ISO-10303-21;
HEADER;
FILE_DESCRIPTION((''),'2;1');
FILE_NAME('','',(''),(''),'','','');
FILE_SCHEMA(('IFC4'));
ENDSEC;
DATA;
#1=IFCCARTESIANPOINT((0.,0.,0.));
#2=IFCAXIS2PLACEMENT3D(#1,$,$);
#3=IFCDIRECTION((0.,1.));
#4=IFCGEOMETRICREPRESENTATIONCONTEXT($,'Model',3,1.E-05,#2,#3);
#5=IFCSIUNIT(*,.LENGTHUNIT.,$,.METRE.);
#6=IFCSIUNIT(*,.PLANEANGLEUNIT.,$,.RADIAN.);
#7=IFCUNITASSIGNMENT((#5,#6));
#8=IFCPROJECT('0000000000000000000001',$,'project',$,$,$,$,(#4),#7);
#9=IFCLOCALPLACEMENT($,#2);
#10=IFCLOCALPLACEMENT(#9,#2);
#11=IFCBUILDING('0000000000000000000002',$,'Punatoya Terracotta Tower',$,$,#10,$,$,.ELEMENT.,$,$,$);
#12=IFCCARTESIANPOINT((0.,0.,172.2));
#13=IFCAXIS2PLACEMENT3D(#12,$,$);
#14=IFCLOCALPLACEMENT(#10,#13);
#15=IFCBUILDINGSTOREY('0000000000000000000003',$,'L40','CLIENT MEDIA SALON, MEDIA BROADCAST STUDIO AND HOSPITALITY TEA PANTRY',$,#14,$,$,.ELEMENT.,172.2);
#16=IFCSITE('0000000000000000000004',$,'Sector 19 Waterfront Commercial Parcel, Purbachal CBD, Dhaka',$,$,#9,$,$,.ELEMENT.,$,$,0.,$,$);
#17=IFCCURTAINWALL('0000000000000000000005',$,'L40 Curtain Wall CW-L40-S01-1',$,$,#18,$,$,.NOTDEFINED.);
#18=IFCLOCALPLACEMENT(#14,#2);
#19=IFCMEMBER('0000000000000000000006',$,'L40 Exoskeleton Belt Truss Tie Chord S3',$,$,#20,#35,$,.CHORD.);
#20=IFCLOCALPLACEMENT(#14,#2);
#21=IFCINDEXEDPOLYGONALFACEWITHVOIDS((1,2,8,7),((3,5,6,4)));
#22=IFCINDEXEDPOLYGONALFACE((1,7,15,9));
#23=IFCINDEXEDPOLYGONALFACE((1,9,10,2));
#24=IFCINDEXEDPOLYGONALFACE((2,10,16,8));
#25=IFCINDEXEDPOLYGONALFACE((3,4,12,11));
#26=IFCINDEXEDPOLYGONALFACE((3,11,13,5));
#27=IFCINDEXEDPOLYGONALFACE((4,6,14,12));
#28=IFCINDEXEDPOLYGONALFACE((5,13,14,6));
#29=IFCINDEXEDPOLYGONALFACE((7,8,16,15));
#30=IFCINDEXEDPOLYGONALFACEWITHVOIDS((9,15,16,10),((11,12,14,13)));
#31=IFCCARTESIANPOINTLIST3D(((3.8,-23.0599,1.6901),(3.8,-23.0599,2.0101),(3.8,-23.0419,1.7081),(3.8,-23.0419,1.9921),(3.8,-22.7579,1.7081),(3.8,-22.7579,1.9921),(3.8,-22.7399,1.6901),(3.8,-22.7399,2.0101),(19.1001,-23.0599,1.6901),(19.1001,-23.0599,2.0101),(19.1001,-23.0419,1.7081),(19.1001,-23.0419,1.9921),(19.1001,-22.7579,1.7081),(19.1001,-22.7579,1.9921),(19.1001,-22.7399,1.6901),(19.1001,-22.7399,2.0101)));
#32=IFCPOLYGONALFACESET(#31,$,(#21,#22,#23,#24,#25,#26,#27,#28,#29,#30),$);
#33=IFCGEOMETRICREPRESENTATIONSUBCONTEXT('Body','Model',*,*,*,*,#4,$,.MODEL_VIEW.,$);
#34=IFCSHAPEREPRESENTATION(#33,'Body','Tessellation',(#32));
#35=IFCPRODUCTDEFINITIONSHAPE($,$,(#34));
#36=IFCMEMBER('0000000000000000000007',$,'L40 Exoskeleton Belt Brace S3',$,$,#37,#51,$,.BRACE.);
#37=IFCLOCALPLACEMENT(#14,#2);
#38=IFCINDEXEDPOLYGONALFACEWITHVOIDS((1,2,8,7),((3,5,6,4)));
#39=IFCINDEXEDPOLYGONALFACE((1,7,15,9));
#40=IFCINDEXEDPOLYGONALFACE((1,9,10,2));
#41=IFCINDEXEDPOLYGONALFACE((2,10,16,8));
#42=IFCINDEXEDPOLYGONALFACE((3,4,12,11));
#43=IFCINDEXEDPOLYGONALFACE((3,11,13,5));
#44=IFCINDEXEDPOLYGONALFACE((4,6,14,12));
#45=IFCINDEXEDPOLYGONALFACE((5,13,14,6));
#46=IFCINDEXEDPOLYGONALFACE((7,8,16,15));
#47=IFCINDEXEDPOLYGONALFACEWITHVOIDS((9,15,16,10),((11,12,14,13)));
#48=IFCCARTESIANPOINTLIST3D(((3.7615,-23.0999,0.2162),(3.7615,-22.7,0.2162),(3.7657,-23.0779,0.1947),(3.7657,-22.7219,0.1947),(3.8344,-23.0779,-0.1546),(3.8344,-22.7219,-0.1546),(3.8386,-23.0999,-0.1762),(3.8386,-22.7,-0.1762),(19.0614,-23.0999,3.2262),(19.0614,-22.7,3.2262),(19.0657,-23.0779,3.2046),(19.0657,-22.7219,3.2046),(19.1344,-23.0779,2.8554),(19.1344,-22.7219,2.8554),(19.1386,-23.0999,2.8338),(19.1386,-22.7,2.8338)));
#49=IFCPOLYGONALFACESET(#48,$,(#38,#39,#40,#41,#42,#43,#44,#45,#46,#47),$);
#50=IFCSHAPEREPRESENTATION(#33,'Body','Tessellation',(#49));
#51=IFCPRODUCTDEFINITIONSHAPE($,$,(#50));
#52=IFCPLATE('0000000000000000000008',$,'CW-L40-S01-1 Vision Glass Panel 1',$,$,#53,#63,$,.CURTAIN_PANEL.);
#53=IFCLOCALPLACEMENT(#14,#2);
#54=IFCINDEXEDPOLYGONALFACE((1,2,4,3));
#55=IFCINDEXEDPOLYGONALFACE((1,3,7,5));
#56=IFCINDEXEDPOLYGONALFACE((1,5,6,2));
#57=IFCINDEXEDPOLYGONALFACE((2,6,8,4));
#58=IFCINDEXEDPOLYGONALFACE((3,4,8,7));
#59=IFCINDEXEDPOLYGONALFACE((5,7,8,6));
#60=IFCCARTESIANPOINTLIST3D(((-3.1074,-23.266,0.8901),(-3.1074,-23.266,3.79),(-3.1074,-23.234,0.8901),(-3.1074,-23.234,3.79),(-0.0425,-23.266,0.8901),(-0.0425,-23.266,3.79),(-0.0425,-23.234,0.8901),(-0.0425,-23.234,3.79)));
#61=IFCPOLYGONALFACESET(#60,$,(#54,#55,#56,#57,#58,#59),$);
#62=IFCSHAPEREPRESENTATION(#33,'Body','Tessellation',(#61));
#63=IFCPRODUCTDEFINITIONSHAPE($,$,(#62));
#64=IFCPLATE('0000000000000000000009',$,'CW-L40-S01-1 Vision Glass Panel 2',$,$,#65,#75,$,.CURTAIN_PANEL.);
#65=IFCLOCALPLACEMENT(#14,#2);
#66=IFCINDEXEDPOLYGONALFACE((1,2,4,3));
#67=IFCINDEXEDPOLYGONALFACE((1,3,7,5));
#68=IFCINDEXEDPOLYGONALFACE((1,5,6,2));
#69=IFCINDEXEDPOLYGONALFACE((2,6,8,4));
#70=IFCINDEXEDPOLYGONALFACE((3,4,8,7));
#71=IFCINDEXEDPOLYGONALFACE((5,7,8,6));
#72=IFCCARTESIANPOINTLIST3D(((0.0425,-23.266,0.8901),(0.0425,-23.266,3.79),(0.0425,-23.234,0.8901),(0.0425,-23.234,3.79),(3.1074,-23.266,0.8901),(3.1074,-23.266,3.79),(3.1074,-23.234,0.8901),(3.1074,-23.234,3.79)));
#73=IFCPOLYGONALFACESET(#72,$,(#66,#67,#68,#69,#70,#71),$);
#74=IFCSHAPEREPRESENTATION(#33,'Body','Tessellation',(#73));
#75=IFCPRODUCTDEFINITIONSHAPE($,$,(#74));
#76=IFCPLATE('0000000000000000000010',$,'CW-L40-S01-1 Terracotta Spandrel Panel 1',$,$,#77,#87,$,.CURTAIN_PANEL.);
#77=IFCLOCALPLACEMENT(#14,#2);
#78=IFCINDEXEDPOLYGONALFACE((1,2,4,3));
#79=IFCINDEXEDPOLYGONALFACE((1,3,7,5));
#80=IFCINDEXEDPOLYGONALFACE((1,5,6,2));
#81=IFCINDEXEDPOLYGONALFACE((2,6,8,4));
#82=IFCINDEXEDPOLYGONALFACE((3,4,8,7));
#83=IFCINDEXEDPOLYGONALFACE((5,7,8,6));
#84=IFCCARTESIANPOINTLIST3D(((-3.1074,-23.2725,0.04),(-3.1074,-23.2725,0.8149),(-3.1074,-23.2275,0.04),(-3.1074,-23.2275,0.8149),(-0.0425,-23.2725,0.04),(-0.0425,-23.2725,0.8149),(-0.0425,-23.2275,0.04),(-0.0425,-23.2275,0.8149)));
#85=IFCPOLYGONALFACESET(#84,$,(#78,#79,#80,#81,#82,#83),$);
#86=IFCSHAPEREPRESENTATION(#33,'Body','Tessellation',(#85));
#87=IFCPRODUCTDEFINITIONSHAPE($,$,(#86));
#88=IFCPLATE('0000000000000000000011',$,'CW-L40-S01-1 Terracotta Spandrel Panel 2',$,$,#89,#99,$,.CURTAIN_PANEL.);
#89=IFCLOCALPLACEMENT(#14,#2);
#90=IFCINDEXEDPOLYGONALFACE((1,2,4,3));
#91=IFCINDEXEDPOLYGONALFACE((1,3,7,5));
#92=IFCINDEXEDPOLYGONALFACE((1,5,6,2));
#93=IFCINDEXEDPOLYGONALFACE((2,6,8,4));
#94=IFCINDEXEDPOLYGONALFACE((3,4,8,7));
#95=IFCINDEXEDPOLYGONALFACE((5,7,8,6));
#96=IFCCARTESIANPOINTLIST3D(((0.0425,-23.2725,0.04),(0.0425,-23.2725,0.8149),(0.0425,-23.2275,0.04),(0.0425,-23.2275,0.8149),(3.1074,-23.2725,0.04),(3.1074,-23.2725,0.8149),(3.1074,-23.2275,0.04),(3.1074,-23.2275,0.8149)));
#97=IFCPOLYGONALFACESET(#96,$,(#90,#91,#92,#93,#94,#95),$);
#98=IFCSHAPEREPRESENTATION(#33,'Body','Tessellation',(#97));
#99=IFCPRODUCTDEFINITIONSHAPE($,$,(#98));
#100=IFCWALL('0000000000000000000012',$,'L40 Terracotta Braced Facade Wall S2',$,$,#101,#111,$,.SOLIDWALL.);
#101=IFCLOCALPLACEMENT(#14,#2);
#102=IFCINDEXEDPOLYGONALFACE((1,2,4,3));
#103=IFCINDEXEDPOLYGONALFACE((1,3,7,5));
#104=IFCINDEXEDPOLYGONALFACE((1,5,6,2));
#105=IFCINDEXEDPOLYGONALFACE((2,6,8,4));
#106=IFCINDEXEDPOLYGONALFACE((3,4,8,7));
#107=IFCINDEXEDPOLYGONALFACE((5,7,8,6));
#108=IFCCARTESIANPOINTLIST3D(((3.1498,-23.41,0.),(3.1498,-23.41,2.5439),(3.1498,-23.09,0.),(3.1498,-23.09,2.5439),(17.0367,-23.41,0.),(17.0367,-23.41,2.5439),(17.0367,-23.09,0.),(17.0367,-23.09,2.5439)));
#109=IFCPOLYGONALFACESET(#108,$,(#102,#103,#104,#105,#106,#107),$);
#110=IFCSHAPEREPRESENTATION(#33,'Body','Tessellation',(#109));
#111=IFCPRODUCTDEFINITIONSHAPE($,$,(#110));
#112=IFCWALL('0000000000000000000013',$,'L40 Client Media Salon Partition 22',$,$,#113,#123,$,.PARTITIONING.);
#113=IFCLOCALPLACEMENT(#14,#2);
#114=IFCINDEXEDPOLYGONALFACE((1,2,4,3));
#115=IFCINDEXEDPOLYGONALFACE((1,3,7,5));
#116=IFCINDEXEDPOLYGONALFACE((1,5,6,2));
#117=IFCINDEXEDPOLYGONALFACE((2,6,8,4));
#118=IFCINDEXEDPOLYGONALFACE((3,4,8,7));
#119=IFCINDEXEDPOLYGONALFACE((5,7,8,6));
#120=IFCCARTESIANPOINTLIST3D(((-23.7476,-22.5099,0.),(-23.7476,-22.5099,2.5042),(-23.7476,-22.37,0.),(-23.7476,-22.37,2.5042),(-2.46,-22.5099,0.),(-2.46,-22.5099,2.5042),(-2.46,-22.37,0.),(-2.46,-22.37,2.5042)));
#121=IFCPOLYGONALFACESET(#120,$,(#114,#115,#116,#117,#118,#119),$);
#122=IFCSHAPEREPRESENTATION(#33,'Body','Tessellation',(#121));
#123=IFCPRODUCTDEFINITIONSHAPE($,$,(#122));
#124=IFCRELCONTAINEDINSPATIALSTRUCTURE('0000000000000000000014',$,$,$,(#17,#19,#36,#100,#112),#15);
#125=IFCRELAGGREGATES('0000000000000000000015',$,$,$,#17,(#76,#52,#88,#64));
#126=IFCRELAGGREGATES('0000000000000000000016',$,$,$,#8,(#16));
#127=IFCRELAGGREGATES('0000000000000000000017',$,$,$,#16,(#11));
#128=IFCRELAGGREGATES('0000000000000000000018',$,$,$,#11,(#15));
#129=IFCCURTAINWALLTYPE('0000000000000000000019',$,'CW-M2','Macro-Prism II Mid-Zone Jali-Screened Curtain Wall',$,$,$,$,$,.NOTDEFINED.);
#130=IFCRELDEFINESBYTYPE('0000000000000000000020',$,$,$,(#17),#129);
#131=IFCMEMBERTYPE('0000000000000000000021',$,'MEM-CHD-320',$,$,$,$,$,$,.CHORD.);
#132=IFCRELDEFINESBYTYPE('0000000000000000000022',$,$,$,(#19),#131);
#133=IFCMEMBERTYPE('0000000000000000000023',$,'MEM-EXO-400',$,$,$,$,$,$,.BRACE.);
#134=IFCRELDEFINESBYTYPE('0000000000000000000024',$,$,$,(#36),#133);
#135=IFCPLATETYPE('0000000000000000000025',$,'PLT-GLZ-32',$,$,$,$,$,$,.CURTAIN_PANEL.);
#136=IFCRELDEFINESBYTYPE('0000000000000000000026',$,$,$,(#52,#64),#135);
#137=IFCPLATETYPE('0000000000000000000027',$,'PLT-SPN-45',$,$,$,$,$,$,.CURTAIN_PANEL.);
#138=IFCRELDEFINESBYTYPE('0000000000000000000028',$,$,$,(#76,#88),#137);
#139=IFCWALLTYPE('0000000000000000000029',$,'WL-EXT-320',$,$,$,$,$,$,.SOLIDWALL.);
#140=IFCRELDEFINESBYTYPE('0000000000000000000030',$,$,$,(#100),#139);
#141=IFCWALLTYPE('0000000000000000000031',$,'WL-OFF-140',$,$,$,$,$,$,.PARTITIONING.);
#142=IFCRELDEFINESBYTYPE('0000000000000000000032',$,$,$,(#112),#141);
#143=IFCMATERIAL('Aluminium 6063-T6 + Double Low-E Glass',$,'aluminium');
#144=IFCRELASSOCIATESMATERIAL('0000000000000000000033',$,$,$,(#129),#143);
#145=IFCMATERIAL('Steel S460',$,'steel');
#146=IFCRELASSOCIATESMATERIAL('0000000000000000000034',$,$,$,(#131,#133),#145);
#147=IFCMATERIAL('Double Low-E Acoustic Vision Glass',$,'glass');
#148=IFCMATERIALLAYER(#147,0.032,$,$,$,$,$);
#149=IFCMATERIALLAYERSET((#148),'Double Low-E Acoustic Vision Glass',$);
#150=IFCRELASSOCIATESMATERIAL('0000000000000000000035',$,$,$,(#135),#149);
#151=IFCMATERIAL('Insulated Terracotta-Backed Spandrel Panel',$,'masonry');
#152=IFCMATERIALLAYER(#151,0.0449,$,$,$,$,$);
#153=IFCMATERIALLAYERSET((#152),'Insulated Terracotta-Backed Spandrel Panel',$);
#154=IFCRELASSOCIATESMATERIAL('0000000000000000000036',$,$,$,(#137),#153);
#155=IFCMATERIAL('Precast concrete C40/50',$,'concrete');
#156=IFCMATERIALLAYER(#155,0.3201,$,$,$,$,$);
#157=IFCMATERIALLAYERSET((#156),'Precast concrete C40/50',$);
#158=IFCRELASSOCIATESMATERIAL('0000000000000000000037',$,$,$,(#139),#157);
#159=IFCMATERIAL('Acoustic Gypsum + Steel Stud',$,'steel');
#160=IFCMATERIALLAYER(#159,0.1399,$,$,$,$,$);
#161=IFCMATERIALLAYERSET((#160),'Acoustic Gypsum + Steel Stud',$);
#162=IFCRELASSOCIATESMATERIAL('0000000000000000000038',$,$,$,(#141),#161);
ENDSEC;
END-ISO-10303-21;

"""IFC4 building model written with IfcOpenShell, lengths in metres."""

from ifc_helpers import new_model, si_unit, direction, frame, frame_2d, origin, origin_2d, place, context, subcontext, project, spatial, rectangle, hollow_rectangle, extrude, material, layer, layer_set, material_profile, profile_set, type_object, element, aggregate, save


model = new_model("IFC4")

# Units and contexts
model_context = context("Model", 3, precision=1e-05, world=origin(), true_north=direction((0.0, 1.0)))
body_context = subcontext(model_context, "Body", "Model", "MODEL_VIEW")
ifc_project = project(units=[si_unit("LENGTHUNIT", "METRE"), si_unit("PLANEANGLEUNIT", "RADIAN")], contexts=[model_context])

# Site, building, storey
site_placement = place(None, origin())
site = spatial("IfcSite", under=ifc_project, at=site_placement, Name="Sector 19 Waterfront Commercial Parcel, Purbachal CBD, Dhaka", CompositionType="ELEMENT", RefElevation=0.0)
building_placement = place(site_placement, origin())
building = spatial("IfcBuilding", under=site, at=building_placement, Name="Punatoya Terracotta Tower", CompositionType="ELEMENT")
storey_placement = place(building_placement, frame((0.0, 0.0, 172.2)))
storey = spatial("IfcBuildingStorey", under=building, at=storey_placement, Name="L40", Description="CLIENT MEDIA SALON, MEDIA BROADCAST STUDIO AND HOSPITALITY TEA PANTRY", CompositionType="ELEMENT", Elevation=172.2)

# Shared definitions
ifc_material_1 = material(Name="Steel S460", Category="steel")

# Curtain wall
ifc_material_2 = material(Name="Aluminium 6063-T6 + Double Low-E Glass", Category="aluminium")
curtain_wall_type = type_object("IfcCurtainWallType", Name="CW-M2", Description="Macro-Prism II Mid-Zone Jali-Screened Curtain Wall", PredefinedType="NOTDEFINED", material=ifc_material_2)
curtain_wall_placement = place(storey_placement, origin())
curtain_wall = element("IfcCurtainWall", 1, at=curtain_wall_placement, inside=storey, type_object=curtain_wall_type, Name="L40 Curtain Wall CW-L40-S01-1", PredefinedType="NOTDEFINED")

# Members
ifc_material_profile_1 = material_profile(ifc_material_1, hollow_rectangle(XDim=0.3201, YDim=0.3201, WallThickness=0.0181, at=origin_2d()))
ifc_profile_set_1 = profile_set([ifc_material_profile_1], Name="Steel S460")
member_type_1 = type_object("IfcMemberType", Name="MEM-CHD-320", PredefinedType="CHORD", material=ifc_profile_set_1)
member_1_placement = place(storey_placement, frame((3.8, -22.8999, 1.8501), z_axis=(1.0, 0.0, 0.0), x_axis=(0.0, 1.0, 0.0)))
element("IfcMember", 2, at=member_1_placement, inside=storey, type_object=member_type_1, Name="L40 Exoskeleton Belt Truss Tie Chord S3", PredefinedType="CHORD", context=body_context, shape_type="SweptSolid", body=[
    extrude(hollow_rectangle(XDim=0.3201, YDim=0.3201, WallThickness=0.0181, at=origin_2d()), origin(), (0.0, 0.0, 1.0), 15.3),
])
ifc_material_profile_2 = material_profile(ifc_material_1, hollow_rectangle(XDim=0.3999, YDim=0.3999, WallThickness=0.022, at=origin_2d()))
ifc_profile_set_2 = profile_set([ifc_material_profile_2], Name="Steel S460")
member_type_2 = type_object("IfcMemberType", Name="MEM-EXO-400", PredefinedType="BRACE", material=ifc_profile_set_2)
member_2_placement = place(storey_placement, frame((3.8, -22.8999, 0.02), z_axis=(0.981192, 0.0, 0.193032), x_axis=(0.0, 1.0, 0.0)))
element("IfcMember", 3, at=member_2_placement, inside=storey, type_object=member_type_2, Name="L40 Exoskeleton Belt Brace S3", PredefinedType="BRACE", context=body_context, shape_type="SweptSolid", body=[
    extrude(hollow_rectangle(XDim=0.3999, YDim=0.3999, WallThickness=0.022, at=origin_2d()), origin(), (0.0, 0.0, 1.0), 15.5933),
])

# Plates
ifc_material_3 = material(Name="Double Low-E Acoustic Vision Glass", Category="glass")
ifc_layer_1 = layer(ifc_material_3, 0.032)
ifc_layer_set_1 = layer_set([ifc_layer_1], Name="Double Low-E Acoustic Vision Glass")
plate_type_1 = type_object("IfcPlateType", Name="PLT-GLZ-32", PredefinedType="CURTAIN_PANEL", material=ifc_layer_set_1)
plate_1_placement = place(storey_placement, frame((-1.575, -23.25, 0.8901), z_axis=(0.0, 0.0, 1.0), x_axis=(1.0, 0.0, 0.0)))
plate_1 = element("IfcPlate", 4, at=plate_1_placement, type_object=plate_type_1, Name="CW-L40-S01-1 Vision Glass Panel 1", PredefinedType="CURTAIN_PANEL", context=body_context, shape_type="SweptSolid", body=[
    extrude(rectangle(XDim=3.0649, YDim=0.032, at=origin_2d()), origin(), (0.0, 0.0, 1.0), 2.8999),
])
plate_2_placement = place(storey_placement, frame((1.575, -23.25, 0.8901), z_axis=(0.0, 0.0, 1.0), x_axis=(1.0, 0.0, 0.0)))
plate_2 = element("IfcPlate", 5, at=plate_2_placement, type_object=plate_type_1, Name="CW-L40-S01-1 Vision Glass Panel 2", PredefinedType="CURTAIN_PANEL", context=body_context, shape_type="SweptSolid", body=[
    extrude(rectangle(XDim=3.0649, YDim=0.032, at=origin_2d()), origin(), (0.0, 0.0, 1.0), 2.8999),
])
ifc_material_4 = material(Name="Insulated Terracotta-Backed Spandrel Panel", Category="masonry")
ifc_layer_2 = layer(ifc_material_4, 0.0449)
ifc_layer_set_2 = layer_set([ifc_layer_2], Name="Insulated Terracotta-Backed Spandrel Panel")
plate_type_2 = type_object("IfcPlateType", Name="PLT-SPN-45", PredefinedType="CURTAIN_PANEL", material=ifc_layer_set_2)
plate_3_placement = place(storey_placement, frame((-1.575, -23.25, 0.04), z_axis=(0.0, 0.0, 1.0), x_axis=(1.0, 0.0, 0.0)))
plate_3 = element("IfcPlate", 6, at=plate_3_placement, type_object=plate_type_2, Name="CW-L40-S01-1 Terracotta Spandrel Panel 1", PredefinedType="CURTAIN_PANEL", context=body_context, shape_type="SweptSolid", body=[
    extrude(rectangle(XDim=3.0649, YDim=0.0449, at=origin_2d()), origin(), (0.0, 0.0, 1.0), 0.7749),
])
plate_4_placement = place(storey_placement, frame((1.575, -23.25, 0.04), z_axis=(0.0, 0.0, 1.0), x_axis=(1.0, 0.0, 0.0)))
plate_4 = element("IfcPlate", 7, at=plate_4_placement, type_object=plate_type_2, Name="CW-L40-S01-1 Terracotta Spandrel Panel 2", PredefinedType="CURTAIN_PANEL", context=body_context, shape_type="SweptSolid", body=[
    extrude(rectangle(XDim=3.0649, YDim=0.0449, at=origin_2d()), origin(), (0.0, 0.0, 1.0), 0.7749),
])
aggregate(curtain_wall, [plate_3, plate_1, plate_4, plate_2])

# Walls
ifc_material_5 = material(Name="Precast concrete C40/50", Category="concrete")
ifc_layer_3 = layer(ifc_material_5, 0.3201)
ifc_layer_set_3 = layer_set([ifc_layer_3], Name="Precast concrete C40/50")
wall_type_1 = type_object("IfcWallType", Name="WL-EXT-320", PredefinedType="SOLIDWALL", material=ifc_layer_set_3)
wall_1_placement = place(storey_placement, frame((3.1499, -23.25, 0.0), z_axis=(0.0, 0.0, 1.0), x_axis=(1.0, 0.0, 0.0)))
element("IfcWall", 8, at=wall_1_placement, inside=storey, type_object=wall_type_1, Name="L40 Terracotta Braced Facade Wall S2", PredefinedType="SOLIDWALL", context=body_context, shape_type="SweptSolid", body=[
    extrude(rectangle(XDim=13.887, YDim=0.3201, at=frame_2d((6.9434, 0.0))), origin(), (0.0, 0.0, 1.0), 2.5439),
])
ifc_material_6 = material(Name="Acoustic Gypsum + Steel Stud", Category="steel")
ifc_layer_4 = layer(ifc_material_6, 0.1399)
ifc_layer_set_4 = layer_set([ifc_layer_4], Name="Acoustic Gypsum + Steel Stud")
wall_type_2 = type_object("IfcWallType", Name="WL-OFF-140", PredefinedType="PARTITIONING", material=ifc_layer_set_4)
wall_2_placement = place(storey_placement, frame((-2.46, -22.4399, 0.0), z_axis=(0.0, 0.0, 1.0), x_axis=(-1.0, 0.0, 0.0)))
element("IfcWall", 9, at=wall_2_placement, inside=storey, type_object=wall_type_2, Name="L40 Client Media Salon Partition 22", PredefinedType="PARTITIONING", context=body_context, shape_type="SweptSolid", body=[
    extrude(rectangle(XDim=21.2876, YDim=0.1399, at=frame_2d((10.6438, 0.0))), origin(), (0.0, 0.0, 1.0), 2.5042),
])

save(model, "model.ifc")
